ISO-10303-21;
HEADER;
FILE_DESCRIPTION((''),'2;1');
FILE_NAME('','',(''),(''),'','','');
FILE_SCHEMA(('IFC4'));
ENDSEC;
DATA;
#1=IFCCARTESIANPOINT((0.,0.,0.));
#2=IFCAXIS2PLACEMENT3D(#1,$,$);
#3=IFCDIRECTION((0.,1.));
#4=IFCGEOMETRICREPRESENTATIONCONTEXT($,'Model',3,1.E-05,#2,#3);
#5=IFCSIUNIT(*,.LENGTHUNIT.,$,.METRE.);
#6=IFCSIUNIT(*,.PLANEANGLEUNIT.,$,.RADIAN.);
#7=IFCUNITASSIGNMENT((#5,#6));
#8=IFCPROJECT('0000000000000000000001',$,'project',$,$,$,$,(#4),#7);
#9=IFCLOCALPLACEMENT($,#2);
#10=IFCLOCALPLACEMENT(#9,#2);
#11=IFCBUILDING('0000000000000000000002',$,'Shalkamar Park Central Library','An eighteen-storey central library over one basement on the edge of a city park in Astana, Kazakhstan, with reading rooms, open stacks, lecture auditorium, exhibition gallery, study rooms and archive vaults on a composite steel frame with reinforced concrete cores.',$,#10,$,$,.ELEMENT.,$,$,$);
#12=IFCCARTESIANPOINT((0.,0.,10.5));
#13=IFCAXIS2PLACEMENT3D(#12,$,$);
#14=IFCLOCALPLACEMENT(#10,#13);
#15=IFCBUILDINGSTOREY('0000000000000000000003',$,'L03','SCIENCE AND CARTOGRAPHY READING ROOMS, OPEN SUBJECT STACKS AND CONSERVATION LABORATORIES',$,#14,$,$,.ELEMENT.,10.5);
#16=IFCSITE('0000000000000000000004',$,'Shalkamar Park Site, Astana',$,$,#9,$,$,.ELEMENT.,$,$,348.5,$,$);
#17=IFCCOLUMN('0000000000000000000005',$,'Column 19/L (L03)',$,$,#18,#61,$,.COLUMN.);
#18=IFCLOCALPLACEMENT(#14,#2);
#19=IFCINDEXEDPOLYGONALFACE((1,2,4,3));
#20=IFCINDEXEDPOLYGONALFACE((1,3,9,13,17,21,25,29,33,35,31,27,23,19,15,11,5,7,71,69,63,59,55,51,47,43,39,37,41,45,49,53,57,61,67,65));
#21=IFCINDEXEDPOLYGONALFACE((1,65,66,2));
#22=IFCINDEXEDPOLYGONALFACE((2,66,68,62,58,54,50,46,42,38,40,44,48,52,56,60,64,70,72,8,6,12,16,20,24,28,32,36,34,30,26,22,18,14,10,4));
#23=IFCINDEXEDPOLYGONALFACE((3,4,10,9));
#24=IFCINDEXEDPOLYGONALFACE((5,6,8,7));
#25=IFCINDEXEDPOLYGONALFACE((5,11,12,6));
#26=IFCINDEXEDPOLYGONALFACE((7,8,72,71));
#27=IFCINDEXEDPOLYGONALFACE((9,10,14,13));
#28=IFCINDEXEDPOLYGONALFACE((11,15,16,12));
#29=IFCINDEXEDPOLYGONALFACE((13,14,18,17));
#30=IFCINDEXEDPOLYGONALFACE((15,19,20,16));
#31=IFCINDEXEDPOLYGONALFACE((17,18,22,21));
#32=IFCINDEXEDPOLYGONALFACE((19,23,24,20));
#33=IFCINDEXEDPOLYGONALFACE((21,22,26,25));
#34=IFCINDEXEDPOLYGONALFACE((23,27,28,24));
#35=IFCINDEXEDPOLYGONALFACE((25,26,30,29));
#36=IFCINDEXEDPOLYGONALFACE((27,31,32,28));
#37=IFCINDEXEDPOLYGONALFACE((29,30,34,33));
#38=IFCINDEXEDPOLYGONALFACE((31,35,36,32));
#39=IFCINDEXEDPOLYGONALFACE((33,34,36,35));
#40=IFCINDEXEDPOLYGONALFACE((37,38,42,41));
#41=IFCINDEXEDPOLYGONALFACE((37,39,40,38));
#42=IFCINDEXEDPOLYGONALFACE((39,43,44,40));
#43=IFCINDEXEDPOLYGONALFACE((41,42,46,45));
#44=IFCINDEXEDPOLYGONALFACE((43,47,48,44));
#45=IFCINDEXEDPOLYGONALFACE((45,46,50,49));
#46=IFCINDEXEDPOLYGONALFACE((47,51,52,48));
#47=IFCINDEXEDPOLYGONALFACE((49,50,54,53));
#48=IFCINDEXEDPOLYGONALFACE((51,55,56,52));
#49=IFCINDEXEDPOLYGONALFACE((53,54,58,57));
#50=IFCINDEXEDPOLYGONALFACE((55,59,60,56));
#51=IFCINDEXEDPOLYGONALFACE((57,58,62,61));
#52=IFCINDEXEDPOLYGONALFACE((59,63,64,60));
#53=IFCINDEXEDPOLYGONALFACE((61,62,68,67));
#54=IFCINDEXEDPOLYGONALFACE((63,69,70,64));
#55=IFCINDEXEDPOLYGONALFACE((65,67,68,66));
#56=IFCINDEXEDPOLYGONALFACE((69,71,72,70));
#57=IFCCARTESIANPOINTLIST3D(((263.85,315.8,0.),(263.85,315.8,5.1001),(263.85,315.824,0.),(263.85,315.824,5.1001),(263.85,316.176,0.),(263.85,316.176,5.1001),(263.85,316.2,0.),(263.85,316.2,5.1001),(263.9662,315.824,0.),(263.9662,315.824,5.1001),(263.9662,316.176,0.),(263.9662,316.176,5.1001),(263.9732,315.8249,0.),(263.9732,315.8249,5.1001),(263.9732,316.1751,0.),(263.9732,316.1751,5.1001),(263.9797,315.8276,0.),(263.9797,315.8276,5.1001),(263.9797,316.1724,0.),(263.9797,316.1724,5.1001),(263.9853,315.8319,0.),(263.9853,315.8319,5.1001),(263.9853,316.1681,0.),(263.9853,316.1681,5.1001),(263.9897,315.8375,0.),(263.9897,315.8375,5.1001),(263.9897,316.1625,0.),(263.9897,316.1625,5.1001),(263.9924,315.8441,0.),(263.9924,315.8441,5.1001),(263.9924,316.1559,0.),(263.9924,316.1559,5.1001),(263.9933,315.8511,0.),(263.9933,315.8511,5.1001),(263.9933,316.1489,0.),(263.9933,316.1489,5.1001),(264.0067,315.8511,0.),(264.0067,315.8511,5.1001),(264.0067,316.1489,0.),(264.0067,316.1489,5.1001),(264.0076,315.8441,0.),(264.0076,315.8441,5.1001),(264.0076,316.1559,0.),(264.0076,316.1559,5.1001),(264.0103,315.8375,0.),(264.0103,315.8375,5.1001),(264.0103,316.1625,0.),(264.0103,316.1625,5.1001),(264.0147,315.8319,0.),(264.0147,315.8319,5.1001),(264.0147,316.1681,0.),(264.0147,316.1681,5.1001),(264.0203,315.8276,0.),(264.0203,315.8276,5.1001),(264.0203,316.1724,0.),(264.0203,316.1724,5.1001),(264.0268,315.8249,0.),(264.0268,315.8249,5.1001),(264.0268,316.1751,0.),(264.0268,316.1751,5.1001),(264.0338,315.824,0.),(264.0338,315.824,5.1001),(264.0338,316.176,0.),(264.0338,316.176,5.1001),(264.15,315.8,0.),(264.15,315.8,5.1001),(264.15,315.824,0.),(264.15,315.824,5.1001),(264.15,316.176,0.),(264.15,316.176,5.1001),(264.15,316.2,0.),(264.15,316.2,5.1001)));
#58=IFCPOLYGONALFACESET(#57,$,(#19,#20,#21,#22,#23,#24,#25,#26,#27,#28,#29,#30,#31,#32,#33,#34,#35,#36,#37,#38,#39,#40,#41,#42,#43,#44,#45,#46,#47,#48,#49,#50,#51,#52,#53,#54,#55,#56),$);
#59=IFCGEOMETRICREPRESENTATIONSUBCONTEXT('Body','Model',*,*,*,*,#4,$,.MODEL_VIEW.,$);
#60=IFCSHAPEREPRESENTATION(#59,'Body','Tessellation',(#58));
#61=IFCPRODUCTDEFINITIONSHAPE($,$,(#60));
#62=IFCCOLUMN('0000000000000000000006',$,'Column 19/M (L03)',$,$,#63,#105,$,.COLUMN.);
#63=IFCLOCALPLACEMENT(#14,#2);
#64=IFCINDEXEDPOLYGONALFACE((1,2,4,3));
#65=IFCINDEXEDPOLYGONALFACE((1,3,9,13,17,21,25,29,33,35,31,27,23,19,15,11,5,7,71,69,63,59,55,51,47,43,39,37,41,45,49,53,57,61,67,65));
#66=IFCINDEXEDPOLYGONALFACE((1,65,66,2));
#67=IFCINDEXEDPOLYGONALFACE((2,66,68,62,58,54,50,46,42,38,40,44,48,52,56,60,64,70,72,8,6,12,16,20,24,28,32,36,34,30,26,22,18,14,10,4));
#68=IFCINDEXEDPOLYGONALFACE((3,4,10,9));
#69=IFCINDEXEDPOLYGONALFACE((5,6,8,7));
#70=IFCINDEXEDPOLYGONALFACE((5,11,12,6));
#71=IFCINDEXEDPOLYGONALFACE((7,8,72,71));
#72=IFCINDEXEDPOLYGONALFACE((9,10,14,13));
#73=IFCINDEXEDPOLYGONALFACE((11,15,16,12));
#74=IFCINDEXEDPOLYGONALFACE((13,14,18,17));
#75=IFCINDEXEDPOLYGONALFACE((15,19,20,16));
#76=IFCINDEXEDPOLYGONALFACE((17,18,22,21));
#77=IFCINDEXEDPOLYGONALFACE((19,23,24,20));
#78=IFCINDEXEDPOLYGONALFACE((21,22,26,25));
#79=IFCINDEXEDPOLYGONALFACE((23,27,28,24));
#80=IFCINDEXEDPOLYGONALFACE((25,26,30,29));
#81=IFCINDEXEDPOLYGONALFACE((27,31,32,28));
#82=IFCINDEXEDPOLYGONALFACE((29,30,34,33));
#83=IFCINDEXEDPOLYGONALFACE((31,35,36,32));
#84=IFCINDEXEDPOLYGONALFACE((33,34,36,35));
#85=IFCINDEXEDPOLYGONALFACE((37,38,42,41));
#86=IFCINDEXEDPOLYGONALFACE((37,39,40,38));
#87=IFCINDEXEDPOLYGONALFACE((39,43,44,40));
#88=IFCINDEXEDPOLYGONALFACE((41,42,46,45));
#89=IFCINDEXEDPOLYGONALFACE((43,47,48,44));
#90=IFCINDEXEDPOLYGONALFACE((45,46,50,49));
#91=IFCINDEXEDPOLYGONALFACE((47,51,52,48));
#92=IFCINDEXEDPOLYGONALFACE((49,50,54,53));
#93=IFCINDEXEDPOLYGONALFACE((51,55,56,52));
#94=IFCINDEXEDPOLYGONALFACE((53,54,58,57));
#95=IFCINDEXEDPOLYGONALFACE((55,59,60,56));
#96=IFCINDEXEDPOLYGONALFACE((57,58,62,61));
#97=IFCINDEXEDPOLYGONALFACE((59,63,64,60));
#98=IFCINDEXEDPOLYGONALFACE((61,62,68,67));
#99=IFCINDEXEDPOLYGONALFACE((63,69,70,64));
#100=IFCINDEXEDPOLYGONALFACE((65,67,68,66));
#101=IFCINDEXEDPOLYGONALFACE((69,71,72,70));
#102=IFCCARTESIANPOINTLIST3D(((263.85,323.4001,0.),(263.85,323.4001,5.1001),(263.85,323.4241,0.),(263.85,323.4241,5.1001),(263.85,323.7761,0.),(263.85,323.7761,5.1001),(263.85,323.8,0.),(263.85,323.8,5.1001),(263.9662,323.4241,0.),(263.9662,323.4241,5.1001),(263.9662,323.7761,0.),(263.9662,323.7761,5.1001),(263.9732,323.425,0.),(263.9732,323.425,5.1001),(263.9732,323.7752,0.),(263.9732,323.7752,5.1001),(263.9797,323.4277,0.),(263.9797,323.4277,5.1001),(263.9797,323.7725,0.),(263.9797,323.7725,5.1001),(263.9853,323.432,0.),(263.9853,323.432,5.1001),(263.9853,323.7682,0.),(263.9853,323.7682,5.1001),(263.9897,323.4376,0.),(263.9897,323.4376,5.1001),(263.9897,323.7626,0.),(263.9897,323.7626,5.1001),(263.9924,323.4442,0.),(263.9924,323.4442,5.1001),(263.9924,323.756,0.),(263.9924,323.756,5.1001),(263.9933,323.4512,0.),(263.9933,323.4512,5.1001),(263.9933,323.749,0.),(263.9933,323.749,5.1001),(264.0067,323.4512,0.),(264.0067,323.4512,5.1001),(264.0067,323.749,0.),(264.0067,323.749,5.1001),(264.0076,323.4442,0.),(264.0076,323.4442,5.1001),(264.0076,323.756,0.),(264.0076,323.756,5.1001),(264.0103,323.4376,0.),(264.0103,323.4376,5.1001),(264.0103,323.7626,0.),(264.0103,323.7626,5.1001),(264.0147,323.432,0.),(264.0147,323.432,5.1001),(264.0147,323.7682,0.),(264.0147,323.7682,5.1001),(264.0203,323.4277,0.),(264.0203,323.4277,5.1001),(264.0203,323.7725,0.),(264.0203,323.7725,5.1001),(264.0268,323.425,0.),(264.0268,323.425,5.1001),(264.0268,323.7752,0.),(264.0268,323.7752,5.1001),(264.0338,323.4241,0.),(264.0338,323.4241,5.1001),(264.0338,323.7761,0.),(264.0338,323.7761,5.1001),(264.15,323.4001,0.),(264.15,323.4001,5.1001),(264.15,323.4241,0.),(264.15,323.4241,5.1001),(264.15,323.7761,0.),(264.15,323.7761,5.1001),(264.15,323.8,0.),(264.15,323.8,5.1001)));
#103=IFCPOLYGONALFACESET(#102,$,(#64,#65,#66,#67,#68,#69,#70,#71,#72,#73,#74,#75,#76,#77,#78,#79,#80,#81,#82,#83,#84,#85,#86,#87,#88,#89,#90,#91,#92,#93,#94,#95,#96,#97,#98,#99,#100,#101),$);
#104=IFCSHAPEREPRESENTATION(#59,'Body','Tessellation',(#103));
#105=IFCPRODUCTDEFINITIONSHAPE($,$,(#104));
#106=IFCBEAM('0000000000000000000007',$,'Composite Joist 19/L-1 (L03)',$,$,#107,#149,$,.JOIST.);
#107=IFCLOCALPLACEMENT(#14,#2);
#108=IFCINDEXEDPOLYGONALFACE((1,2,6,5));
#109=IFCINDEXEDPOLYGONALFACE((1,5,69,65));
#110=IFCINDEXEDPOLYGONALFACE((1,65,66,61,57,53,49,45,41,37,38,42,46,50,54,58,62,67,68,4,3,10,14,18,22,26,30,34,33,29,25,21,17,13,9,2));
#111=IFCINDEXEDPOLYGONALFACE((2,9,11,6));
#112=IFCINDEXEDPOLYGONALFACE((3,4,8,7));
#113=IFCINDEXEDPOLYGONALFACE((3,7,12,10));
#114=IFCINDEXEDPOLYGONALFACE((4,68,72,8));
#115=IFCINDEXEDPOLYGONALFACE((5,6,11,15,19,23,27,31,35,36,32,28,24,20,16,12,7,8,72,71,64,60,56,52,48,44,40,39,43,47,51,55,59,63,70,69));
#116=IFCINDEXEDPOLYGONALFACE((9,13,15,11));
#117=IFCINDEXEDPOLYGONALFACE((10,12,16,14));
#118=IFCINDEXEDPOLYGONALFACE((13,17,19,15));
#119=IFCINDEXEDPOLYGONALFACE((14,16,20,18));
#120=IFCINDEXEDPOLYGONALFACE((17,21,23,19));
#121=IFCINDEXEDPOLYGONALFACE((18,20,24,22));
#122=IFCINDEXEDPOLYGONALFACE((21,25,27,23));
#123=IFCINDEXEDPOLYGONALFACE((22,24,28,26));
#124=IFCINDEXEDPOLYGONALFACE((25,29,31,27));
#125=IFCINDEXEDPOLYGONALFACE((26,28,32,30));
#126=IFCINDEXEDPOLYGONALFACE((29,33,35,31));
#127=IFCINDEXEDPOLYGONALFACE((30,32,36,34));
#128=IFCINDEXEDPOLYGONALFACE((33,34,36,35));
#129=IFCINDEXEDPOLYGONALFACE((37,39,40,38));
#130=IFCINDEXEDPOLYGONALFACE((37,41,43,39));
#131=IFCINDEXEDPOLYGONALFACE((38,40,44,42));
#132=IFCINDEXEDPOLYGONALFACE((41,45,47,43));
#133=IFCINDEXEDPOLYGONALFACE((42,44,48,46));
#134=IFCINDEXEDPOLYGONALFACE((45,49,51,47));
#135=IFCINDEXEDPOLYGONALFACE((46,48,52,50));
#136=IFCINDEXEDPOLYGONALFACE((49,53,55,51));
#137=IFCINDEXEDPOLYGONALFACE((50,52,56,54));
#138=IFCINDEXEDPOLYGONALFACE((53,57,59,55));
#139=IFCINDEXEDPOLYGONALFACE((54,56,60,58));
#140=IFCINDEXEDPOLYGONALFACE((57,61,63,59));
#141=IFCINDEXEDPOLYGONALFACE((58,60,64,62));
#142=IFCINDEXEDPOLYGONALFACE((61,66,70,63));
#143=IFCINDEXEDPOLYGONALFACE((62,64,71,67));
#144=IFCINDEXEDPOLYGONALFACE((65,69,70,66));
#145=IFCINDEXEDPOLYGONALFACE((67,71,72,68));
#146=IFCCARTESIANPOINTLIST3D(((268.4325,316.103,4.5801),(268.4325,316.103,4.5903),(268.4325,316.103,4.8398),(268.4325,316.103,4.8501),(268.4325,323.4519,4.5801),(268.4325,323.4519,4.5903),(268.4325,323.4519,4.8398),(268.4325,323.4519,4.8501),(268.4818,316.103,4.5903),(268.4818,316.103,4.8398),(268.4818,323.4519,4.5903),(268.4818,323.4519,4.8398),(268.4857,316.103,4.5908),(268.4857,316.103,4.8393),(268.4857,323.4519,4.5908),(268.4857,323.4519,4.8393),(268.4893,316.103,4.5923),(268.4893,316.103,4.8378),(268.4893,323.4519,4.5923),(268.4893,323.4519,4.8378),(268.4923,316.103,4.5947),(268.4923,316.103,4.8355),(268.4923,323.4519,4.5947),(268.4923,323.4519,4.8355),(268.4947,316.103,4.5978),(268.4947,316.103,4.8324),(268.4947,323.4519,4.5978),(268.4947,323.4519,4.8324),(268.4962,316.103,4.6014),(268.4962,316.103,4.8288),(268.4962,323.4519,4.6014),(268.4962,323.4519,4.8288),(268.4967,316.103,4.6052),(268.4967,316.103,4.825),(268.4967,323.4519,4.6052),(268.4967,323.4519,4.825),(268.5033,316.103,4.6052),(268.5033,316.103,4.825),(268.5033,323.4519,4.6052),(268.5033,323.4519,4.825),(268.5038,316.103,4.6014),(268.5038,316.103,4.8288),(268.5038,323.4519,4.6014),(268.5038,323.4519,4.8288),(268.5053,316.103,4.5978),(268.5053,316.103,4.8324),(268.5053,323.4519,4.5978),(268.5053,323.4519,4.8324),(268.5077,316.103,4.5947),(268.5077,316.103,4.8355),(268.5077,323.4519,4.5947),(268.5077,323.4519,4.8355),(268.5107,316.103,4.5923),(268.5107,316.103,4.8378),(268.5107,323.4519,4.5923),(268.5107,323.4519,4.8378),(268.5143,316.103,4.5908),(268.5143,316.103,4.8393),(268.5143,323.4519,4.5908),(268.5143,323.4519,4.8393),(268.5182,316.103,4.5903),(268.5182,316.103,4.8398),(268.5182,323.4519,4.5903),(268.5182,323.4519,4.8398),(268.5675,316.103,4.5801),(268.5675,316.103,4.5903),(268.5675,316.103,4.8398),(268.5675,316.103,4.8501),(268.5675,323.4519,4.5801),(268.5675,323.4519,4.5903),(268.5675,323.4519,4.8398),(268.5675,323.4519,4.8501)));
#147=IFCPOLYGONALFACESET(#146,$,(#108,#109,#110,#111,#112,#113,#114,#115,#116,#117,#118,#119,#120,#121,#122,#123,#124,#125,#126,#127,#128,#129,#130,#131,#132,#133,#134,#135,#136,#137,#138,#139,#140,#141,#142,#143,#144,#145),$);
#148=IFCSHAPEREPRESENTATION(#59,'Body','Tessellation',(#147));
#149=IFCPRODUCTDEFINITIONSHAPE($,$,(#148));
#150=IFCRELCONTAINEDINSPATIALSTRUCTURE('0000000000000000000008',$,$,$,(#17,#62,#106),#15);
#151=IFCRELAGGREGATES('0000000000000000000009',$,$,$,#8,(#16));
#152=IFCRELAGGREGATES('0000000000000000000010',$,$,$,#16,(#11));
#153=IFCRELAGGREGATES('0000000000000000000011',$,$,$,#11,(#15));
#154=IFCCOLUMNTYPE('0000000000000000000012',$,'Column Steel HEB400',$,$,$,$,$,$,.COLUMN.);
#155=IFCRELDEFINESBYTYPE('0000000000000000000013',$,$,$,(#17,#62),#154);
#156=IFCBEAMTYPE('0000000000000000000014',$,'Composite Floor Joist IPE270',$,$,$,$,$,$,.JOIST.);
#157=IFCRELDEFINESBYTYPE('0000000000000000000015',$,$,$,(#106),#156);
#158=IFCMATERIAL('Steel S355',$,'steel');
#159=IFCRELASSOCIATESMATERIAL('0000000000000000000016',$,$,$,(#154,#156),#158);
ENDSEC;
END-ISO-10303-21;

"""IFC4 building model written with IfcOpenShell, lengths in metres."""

from ifc_helpers import new_model, si_unit, direction, frame, origin, origin_2d, place, context, subcontext, project, spatial, i_section, extrude, material, material_profile, profile_set, type_object, element, save


model = new_model("IFC4")

# Units and contexts
model_context = context("Model", 3, precision=1e-05, world=origin(), true_north=direction((0.0, 1.0)))
body_context = subcontext(model_context, "Body", "Model", "MODEL_VIEW")
ifc_project = project(units=[si_unit("LENGTHUNIT", "METRE"), si_unit("PLANEANGLEUNIT", "RADIAN")], contexts=[model_context])

# Site, building, storey
site_placement = place(None, origin())
site = spatial("IfcSite", under=ifc_project, at=site_placement, Name="Shalkamar Park Site, Astana", CompositionType="ELEMENT", RefElevation=348.5)
building_placement = place(site_placement, origin())
building = spatial("IfcBuilding", under=site, at=building_placement, Name="Shalkamar Park Central Library", Description="An eighteen-storey central library over one basement on the edge of a city park in Astana, Kazakhstan, with reading rooms, open stacks, lecture auditorium, exhibition gallery, study rooms and archive vaults on a composite steel frame with reinforced concrete cores.", CompositionType="ELEMENT")
storey_placement = place(building_placement, frame((0.0, 0.0, 10.5)))
storey = spatial("IfcBuildingStorey", under=building, at=storey_placement, Name="L03", Description="SCIENCE AND CARTOGRAPHY READING ROOMS, OPEN SUBJECT STACKS AND CONSERVATION LABORATORIES", CompositionType="ELEMENT", Elevation=10.5)

# Columns
ifc_material_1 = material(Name="Steel S355", Category="steel")
ifc_material_profile_1 = material_profile(ifc_material_1, i_section(OverallWidth=0.3, OverallDepth=0.3999, WebThickness=0.0134, FlangeThickness=0.0239, FilletRadius=0.0271, at=origin_2d()), Name="HEB 400")
ifc_profile_set_1 = profile_set([ifc_material_profile_1], Name="Steel S355")
column_type = type_object("IfcColumnType", Name="Column Steel HEB400", PredefinedType="COLUMN", material=ifc_profile_set_1)
for number, where, z_axis, x_axis, name in (
    (1, (264.0, 316.0, 0.0), (0.0, 0.0, 1.0), (1.0, 0.0, 0.0), "Column 19/L (L03)"),
    (2, (264.0, 323.6001, 0.0), (0.0, 0.0, 1.0), (1.0, 0.0, 0.0), "Column 19/M (L03)"),
):
    element("IfcColumn", number, at=place(storey_placement, frame(where, z_axis=z_axis, x_axis=x_axis)), inside=storey, type_object=column_type, Name=name, PredefinedType="COLUMN", context=body_context, shape_type="SweptSolid", body=[
        extrude(i_section(OverallWidth=0.3, OverallDepth=0.3999, WebThickness=0.0134, FlangeThickness=0.0239, FilletRadius=0.0271, at=origin_2d()), origin(), (0.0, 0.0, 1.0), 5.1001),
    ])

# Beam
ifc_material_profile_2 = material_profile(ifc_material_1, i_section(OverallWidth=0.135, OverallDepth=0.27, WebThickness=0.0066, FlangeThickness=0.0103, FilletRadius=0.0149, at=origin_2d()), Name="IPE 270")
ifc_profile_set_2 = profile_set([ifc_material_profile_2], Name="Steel S355")
beam_type_1 = type_object("IfcBeamType", Name="Composite Floor Joist IPE270", PredefinedType="JOIST", material=ifc_profile_set_2)
beam_1_placement = place(storey_placement, frame((268.5, 316.103, 4.7151), z_axis=(0.0, 1.0, 0.0), x_axis=(-1.0, 0.0, 0.0)))
element("IfcBeam", 3, at=beam_1_placement, inside=storey, type_object=beam_type_1, Name="Composite Joist 19/L-1 (L03)", PredefinedType="JOIST", context=body_context, shape_type="SweptSolid", body=[
    extrude(i_section(OverallWidth=0.135, OverallDepth=0.27, WebThickness=0.0066, FlangeThickness=0.0103, FilletRadius=0.0149, at=origin_2d()), origin(), (0.0, 0.0, 1.0), 7.3489),
])

save(model, "model.ifc")
